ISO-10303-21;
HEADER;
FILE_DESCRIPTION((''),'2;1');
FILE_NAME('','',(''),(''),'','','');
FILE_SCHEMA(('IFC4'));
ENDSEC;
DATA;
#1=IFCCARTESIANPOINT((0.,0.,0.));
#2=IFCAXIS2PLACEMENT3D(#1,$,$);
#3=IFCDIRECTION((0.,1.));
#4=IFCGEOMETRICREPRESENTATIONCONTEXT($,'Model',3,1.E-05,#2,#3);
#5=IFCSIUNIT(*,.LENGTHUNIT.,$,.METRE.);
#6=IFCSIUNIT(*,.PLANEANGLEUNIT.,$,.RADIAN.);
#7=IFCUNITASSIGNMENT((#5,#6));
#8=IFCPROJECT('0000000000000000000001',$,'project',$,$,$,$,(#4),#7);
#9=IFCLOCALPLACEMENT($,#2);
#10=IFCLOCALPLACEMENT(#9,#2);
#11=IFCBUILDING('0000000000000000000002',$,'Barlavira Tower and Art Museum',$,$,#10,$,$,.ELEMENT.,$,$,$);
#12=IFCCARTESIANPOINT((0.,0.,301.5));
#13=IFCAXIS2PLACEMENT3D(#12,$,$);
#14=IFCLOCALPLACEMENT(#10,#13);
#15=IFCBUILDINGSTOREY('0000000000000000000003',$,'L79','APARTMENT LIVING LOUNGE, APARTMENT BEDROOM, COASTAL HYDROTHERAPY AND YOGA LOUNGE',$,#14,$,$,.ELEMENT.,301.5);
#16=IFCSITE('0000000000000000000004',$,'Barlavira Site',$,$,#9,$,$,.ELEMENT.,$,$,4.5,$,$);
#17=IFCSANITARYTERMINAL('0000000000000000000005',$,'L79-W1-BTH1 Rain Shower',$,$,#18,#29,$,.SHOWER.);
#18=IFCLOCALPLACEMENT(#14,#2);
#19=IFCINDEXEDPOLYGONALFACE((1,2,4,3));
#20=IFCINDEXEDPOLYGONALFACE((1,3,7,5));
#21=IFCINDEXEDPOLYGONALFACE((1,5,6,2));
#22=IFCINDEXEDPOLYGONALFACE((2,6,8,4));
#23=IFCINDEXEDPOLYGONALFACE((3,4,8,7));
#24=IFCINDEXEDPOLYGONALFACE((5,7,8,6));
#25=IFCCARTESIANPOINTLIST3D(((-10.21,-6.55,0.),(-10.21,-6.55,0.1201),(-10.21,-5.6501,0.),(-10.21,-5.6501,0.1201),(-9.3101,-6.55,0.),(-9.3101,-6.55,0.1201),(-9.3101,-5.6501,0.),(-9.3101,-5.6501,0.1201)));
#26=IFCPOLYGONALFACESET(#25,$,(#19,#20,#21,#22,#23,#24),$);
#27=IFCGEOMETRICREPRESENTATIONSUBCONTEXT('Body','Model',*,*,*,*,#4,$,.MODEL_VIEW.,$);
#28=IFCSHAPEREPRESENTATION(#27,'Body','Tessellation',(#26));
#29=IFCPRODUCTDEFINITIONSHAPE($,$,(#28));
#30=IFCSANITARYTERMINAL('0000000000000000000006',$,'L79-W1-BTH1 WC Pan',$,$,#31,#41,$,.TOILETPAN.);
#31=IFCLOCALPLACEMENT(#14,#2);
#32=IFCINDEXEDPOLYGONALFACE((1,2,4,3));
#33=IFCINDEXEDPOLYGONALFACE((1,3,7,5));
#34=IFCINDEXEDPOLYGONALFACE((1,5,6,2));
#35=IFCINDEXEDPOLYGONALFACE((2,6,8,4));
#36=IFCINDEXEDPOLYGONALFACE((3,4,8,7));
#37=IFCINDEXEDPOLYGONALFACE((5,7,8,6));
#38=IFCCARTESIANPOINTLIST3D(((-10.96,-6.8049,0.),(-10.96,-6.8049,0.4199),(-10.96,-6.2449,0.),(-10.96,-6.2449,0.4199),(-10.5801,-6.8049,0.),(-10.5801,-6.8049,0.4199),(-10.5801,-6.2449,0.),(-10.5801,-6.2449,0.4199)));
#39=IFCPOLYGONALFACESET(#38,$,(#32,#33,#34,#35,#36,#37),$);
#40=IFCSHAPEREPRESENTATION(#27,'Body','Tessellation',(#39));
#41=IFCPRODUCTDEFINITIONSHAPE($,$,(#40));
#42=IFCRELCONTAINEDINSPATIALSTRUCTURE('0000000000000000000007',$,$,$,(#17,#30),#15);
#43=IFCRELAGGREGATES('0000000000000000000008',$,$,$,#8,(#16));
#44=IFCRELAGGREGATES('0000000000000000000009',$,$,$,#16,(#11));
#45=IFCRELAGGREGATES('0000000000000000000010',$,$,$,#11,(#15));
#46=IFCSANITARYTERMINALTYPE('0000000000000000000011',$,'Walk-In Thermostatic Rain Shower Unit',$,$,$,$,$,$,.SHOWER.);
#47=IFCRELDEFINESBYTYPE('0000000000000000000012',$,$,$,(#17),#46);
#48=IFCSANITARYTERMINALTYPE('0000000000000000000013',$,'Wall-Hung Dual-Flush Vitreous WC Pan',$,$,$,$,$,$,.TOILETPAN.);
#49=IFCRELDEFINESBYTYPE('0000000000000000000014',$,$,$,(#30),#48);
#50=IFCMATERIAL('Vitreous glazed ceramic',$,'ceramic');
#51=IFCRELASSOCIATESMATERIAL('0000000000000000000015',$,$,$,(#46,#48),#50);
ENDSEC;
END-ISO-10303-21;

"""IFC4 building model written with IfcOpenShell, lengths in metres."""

from ifc_helpers import new_model, si_unit, direction, frame, origin, origin_2d, place, context, subcontext, project, spatial, rectangle, extrude, material, type_object, element, save


model = new_model("IFC4")

# Units and contexts
model_context = context("Model", 3, precision=1e-05, world=origin(), true_north=direction((0.0, 1.0)))
body_context = subcontext(model_context, "Body", "Model", "MODEL_VIEW")
ifc_project = project(units=[si_unit("LENGTHUNIT", "METRE"), si_unit("PLANEANGLEUNIT", "RADIAN")], contexts=[model_context])

# Site, building, storey
site_placement = place(None, origin())
site = spatial("IfcSite", under=ifc_project, at=site_placement, Name="Barlavira Site", CompositionType="ELEMENT", RefElevation=4.5)
building_placement = place(site_placement, origin())
building = spatial("IfcBuilding", under=site, at=building_placement, Name="Barlavira Tower and Art Museum", CompositionType="ELEMENT")
storey_placement = place(building_placement, frame((0.0, 0.0, 301.5)))
storey = spatial("IfcBuildingStorey", under=building, at=storey_placement, Name="L79", Description="APARTMENT LIVING LOUNGE, APARTMENT BEDROOM, COASTAL HYDROTHERAPY AND YOGA LOUNGE", CompositionType="ELEMENT", Elevation=301.5)

# Sanitary terminals
ifc_material_1 = material(Name="Vitreous glazed ceramic", Category="ceramic")
sanitary_terminal_type_1 = type_object("IfcSanitaryTerminalType", Name="Walk-In Thermostatic Rain Shower Unit", PredefinedType="SHOWER", material=ifc_material_1)
sanitary_terminal_1_placement = place(storey_placement, frame((-9.76, -6.1001, 0.0), z_axis=(0.0, 0.0, 1.0), x_axis=(1.0, 0.0, 0.0)))
element("IfcSanitaryTerminal", 1, at=sanitary_terminal_1_placement, inside=storey, type_object=sanitary_terminal_type_1, Name="L79-W1-BTH1 Rain Shower", PredefinedType="SHOWER", context=body_context, shape_type="SweptSolid", body=[
    extrude(rectangle(XDim=0.8999, YDim=0.8999, at=origin_2d()), origin(), (0.0, 0.0, 1.0), 0.1201),
])
sanitary_terminal_type_2 = type_object("IfcSanitaryTerminalType", Name="Wall-Hung Dual-Flush Vitreous WC Pan", PredefinedType="TOILETPAN", material=ifc_material_1)
sanitary_terminal_2_placement = place(storey_placement, frame((-10.77, -6.5249, 0.0), z_axis=(0.0, 0.0, 1.0), x_axis=(1.0, 0.0, 0.0)))
element("IfcSanitaryTerminal", 2, at=sanitary_terminal_2_placement, inside=storey, type_object=sanitary_terminal_type_2, Name="L79-W1-BTH1 WC Pan", PredefinedType="TOILETPAN", context=body_context, shape_type="SweptSolid", body=[
    extrude(rectangle(XDim=0.3799, YDim=0.5601, at=origin_2d()), origin(), (0.0, 0.0, 1.0), 0.4199),
])

save(model, "model.ifc")
